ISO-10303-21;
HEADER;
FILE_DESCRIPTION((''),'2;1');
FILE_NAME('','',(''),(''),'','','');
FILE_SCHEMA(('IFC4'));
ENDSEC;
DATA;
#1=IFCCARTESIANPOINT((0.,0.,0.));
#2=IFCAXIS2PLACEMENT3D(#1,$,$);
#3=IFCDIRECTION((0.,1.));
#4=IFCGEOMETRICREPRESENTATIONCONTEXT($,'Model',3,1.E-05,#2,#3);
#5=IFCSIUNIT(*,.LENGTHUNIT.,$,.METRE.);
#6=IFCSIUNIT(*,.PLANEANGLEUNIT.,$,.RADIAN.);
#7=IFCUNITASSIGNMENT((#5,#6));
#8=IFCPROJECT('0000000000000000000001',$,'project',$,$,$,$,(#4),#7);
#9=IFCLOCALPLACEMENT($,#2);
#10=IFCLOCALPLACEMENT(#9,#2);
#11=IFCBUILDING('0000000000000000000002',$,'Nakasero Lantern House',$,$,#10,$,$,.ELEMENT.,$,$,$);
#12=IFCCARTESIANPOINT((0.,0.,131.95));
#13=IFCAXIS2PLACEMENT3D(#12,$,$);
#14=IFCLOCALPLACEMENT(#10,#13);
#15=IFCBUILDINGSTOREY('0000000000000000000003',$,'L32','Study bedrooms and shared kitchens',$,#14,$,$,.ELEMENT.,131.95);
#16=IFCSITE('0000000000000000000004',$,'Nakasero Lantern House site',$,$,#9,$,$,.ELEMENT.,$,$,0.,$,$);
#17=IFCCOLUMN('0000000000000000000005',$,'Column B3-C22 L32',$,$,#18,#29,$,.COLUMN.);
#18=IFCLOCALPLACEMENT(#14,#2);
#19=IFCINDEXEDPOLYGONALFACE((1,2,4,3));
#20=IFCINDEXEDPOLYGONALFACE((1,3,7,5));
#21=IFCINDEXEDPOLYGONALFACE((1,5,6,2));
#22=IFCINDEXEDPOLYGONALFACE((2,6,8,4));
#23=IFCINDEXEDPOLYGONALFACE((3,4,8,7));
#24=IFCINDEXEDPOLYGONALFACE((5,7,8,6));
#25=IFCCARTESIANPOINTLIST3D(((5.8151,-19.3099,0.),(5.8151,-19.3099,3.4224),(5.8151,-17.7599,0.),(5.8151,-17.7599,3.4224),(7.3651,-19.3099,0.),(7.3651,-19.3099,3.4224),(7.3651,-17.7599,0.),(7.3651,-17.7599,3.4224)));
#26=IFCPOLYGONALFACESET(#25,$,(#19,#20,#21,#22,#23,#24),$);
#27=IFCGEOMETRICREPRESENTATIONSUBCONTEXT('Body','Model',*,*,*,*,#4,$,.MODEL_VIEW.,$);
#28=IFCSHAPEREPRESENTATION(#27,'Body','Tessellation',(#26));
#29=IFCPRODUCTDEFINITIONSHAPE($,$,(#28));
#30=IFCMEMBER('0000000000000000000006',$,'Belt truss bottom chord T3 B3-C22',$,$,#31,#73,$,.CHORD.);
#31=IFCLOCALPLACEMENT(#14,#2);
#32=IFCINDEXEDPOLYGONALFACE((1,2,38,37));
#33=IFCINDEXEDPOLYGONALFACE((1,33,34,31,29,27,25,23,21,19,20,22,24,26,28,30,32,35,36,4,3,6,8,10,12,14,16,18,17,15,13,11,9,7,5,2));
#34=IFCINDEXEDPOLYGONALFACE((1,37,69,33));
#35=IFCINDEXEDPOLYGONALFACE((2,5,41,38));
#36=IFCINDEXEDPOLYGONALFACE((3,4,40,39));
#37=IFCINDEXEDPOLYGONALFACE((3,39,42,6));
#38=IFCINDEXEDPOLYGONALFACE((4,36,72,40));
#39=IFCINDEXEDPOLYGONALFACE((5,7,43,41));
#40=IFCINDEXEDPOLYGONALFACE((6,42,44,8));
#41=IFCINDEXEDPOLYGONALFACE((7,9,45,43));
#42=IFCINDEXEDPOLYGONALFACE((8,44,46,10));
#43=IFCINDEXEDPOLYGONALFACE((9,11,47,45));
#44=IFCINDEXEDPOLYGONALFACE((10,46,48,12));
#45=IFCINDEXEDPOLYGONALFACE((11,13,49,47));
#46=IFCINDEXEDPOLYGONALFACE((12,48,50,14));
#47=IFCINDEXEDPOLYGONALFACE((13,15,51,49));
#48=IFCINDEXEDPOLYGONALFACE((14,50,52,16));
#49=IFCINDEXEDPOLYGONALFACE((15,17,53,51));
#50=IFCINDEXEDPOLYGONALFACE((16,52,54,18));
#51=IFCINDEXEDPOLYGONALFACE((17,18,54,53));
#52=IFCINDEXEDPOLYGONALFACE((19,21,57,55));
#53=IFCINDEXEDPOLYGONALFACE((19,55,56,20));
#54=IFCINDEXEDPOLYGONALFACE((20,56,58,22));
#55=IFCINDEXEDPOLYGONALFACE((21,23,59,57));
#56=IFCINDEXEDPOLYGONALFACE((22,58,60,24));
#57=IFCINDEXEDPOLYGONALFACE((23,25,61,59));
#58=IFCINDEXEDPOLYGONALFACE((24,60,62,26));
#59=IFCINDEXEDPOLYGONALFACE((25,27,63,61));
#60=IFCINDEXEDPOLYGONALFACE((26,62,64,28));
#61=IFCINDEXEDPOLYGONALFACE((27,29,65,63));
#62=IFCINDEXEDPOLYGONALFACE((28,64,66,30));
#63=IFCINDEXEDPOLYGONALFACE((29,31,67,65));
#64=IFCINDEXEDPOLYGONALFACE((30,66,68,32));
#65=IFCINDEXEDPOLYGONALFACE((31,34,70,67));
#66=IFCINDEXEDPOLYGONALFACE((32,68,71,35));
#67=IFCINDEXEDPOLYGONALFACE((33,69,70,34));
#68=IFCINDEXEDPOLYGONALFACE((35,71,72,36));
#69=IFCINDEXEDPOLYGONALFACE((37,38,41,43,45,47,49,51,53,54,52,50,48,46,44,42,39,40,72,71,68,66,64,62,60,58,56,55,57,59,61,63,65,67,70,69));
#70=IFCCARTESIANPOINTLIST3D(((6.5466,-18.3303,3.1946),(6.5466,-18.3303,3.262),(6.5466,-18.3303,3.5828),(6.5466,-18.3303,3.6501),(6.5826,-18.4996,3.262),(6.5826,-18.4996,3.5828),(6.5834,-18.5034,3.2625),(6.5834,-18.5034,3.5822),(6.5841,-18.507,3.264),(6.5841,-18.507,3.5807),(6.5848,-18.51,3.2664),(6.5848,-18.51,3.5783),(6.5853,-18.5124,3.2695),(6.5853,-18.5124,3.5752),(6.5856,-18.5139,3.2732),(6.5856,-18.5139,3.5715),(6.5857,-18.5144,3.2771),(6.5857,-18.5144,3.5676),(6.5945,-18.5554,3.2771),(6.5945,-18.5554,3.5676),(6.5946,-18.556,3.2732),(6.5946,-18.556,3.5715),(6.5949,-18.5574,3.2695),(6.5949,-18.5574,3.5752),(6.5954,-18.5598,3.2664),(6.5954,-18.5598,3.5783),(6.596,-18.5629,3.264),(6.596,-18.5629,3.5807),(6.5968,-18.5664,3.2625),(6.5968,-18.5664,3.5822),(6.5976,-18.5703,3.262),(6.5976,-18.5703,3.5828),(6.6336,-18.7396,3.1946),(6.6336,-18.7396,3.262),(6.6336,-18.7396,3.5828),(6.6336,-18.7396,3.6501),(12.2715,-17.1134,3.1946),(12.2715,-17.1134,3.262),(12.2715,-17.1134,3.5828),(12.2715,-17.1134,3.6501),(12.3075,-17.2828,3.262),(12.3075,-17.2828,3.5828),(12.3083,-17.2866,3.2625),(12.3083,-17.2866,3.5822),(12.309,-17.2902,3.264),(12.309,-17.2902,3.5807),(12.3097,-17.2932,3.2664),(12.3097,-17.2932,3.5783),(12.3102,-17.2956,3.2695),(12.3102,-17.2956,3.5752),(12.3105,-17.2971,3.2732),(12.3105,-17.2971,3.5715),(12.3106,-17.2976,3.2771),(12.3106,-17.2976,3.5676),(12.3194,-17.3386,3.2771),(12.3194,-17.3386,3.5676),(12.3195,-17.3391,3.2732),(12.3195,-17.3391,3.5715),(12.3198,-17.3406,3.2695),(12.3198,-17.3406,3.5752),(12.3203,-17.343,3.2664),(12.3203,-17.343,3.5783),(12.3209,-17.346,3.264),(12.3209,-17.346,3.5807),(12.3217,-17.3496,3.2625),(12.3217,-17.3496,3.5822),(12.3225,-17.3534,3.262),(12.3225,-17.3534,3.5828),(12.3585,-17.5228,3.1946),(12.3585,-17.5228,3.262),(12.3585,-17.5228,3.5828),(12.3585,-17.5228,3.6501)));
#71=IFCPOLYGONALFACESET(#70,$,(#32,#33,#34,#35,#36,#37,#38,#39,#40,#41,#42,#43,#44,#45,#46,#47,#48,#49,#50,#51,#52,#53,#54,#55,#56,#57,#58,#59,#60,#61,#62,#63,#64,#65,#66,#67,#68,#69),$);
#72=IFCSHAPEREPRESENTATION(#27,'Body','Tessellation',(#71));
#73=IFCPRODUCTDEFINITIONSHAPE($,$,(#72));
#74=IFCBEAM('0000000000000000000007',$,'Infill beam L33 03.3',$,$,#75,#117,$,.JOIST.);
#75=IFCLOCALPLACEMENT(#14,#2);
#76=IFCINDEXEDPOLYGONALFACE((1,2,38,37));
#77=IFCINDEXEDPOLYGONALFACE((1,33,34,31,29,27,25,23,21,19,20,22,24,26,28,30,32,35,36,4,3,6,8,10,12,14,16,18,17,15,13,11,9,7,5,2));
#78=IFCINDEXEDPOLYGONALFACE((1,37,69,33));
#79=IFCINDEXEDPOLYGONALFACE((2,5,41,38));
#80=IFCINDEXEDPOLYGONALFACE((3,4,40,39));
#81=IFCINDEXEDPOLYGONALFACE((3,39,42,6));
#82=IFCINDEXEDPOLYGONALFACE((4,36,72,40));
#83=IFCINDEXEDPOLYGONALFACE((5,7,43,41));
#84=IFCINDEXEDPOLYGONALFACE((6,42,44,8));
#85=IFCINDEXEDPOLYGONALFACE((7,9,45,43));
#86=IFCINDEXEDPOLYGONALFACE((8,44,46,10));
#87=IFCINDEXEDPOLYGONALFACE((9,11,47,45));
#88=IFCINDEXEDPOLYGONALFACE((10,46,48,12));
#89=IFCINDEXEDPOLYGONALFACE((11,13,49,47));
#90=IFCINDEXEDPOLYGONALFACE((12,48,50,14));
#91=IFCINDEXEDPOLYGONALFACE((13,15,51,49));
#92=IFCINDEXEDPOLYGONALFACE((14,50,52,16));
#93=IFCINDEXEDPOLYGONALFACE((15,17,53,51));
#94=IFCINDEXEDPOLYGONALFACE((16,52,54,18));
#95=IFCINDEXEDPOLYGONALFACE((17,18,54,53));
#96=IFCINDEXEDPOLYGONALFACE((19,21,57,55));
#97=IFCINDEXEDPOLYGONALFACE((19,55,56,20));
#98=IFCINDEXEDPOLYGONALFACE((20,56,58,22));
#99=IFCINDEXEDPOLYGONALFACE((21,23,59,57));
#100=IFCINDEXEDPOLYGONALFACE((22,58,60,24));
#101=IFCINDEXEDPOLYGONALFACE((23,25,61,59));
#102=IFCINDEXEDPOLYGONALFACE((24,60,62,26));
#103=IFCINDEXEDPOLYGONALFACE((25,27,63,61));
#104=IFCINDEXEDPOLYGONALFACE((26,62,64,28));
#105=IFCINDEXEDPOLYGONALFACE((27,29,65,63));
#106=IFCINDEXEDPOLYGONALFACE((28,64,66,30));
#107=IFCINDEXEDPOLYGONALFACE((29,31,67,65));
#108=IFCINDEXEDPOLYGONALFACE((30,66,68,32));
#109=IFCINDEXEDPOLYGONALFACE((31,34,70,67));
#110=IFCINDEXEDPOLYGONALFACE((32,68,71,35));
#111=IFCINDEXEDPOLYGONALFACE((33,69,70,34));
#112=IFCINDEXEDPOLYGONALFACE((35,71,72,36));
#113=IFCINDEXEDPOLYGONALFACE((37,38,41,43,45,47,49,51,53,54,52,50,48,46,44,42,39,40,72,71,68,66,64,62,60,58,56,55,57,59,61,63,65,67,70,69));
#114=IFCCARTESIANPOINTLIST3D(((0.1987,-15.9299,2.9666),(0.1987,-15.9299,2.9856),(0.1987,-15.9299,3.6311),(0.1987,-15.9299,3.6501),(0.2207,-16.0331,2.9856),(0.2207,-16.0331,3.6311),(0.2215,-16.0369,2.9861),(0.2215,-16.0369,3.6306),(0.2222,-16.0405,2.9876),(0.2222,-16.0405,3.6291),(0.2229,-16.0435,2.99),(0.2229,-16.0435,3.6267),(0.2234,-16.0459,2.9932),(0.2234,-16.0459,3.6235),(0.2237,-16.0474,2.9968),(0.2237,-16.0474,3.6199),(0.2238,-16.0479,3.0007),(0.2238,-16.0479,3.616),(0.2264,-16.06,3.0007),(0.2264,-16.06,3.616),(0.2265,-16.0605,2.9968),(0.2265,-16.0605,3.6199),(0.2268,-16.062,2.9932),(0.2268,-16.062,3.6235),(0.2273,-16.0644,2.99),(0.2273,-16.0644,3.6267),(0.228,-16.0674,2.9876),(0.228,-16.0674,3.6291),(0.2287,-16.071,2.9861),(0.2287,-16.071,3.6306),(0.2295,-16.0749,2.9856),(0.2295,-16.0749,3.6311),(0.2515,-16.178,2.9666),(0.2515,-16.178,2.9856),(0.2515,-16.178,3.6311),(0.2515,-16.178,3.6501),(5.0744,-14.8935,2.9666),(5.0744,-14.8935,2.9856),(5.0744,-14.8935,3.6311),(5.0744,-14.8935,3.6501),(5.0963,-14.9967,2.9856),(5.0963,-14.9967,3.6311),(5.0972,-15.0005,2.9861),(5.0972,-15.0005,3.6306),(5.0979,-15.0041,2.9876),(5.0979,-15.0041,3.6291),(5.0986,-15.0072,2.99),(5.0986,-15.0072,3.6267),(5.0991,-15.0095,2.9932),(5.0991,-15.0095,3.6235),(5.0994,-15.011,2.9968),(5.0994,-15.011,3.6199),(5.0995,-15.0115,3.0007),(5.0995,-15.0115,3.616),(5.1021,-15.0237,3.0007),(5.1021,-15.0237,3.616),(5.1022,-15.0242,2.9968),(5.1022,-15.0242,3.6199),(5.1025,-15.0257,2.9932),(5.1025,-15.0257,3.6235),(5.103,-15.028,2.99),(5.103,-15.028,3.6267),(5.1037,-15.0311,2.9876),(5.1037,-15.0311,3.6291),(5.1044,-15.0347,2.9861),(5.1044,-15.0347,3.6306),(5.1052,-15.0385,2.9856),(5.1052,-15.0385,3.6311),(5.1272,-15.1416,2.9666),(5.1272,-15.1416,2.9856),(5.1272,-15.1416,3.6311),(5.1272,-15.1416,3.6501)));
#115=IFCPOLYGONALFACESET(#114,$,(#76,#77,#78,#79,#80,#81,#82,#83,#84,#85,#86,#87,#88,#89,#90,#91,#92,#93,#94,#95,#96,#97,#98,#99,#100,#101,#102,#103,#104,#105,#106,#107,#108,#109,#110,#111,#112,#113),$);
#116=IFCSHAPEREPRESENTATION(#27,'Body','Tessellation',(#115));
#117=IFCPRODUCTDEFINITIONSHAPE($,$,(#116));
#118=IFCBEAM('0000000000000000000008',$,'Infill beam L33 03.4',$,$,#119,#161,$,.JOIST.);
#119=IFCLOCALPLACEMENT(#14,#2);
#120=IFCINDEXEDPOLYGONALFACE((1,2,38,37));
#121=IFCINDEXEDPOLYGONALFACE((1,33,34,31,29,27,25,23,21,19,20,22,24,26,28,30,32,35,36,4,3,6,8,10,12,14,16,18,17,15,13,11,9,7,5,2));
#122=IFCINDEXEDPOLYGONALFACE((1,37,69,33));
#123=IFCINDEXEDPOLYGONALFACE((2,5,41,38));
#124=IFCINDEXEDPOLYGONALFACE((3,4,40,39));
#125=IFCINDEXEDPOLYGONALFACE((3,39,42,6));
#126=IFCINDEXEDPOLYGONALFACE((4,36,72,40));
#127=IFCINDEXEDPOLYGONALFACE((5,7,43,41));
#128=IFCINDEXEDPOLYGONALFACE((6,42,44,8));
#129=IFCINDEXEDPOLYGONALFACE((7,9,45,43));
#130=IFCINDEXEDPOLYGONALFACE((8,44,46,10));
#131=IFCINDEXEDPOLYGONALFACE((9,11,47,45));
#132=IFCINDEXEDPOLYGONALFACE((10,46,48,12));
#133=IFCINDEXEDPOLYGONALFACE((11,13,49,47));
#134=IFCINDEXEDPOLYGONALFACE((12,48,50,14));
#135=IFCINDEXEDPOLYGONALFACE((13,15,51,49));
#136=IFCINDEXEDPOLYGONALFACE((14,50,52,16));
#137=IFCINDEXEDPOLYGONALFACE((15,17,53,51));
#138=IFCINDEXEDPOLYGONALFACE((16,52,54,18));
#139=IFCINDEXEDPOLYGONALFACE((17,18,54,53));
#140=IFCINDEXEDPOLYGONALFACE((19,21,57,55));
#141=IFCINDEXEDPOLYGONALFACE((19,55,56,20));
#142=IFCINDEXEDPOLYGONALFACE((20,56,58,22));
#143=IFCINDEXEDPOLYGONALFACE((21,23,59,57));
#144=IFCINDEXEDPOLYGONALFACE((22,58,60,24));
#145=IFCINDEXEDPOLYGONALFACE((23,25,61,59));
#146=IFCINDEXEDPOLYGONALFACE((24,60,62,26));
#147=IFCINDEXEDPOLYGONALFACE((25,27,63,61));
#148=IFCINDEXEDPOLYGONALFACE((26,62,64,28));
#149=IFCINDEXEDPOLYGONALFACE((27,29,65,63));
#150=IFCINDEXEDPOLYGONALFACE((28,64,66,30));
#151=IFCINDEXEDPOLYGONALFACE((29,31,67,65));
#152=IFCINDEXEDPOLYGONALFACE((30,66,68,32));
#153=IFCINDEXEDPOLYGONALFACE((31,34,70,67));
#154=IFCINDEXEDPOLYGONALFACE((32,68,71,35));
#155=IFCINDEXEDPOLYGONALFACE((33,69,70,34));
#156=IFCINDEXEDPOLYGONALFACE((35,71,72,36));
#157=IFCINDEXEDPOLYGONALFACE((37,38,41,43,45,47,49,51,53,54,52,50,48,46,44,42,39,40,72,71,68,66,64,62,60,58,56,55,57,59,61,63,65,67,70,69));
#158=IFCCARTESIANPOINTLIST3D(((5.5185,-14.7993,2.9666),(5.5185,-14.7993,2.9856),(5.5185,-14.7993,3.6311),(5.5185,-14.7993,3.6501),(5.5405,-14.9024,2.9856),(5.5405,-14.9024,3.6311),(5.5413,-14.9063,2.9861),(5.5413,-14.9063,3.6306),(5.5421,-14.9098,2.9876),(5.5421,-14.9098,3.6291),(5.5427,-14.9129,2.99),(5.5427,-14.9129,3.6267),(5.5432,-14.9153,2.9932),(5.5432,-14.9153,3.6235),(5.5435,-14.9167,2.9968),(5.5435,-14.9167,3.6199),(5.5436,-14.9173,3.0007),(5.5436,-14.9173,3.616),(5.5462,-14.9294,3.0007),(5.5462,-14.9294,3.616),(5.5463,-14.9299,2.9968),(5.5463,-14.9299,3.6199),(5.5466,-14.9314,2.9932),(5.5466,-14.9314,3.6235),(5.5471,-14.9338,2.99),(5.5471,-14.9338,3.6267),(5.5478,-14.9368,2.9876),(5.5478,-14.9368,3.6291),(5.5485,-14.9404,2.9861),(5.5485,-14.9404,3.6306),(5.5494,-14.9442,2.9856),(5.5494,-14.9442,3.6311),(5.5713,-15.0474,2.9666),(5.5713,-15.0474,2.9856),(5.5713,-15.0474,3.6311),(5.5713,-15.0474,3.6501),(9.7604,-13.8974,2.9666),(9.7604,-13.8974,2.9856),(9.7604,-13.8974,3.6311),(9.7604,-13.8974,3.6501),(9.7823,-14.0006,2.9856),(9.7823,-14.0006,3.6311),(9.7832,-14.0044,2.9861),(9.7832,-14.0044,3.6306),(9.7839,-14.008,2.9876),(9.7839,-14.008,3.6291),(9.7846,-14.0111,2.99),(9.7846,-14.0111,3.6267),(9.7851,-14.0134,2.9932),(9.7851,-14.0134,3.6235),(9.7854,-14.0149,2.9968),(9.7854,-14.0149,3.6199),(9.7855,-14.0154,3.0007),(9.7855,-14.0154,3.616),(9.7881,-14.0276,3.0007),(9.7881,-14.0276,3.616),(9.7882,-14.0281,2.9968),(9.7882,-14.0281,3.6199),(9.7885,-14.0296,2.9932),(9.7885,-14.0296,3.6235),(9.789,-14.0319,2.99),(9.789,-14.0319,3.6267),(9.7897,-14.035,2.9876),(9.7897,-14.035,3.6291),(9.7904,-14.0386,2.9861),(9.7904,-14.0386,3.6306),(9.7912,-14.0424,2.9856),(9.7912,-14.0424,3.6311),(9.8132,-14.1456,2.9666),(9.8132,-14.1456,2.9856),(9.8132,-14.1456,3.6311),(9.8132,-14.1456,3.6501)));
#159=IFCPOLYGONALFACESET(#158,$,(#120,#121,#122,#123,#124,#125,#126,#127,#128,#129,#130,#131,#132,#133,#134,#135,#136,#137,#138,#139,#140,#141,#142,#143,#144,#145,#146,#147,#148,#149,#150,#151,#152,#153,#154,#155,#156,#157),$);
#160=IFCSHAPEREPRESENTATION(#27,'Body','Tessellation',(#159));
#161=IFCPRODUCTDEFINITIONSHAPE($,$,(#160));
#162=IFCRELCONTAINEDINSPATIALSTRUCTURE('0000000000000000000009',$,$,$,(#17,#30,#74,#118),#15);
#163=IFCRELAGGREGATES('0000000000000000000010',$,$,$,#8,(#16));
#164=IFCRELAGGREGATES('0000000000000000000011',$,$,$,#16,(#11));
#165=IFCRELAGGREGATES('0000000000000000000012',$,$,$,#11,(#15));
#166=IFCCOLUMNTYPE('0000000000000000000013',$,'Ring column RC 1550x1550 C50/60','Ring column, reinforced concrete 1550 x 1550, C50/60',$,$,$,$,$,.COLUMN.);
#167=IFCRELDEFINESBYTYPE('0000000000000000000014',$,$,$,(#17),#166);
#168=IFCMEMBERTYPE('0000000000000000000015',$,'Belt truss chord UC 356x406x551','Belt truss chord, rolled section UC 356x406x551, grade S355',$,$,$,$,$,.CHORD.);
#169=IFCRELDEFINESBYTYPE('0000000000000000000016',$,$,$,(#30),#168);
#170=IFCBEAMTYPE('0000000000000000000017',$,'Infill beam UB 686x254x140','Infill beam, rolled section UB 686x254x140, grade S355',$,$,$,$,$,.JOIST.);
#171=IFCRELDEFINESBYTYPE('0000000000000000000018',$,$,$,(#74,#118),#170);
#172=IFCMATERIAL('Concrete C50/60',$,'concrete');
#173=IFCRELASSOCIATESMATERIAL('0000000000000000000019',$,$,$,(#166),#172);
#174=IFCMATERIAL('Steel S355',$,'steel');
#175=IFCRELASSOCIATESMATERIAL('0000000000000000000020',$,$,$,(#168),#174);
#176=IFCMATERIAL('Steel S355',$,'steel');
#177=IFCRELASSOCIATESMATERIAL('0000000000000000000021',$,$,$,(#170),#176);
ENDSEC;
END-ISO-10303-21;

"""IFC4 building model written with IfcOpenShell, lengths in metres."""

from ifc_helpers import new_model, si_unit, direction, frame, origin, origin_2d, place, context, subcontext, project, spatial, rectangle, i_section, extrude, material, material_profile, profile_set, type_object, element, save


model = new_model("IFC4")

# Units and contexts
model_context = context("Model", 3, precision=1e-05, world=origin(), true_north=direction((0.0, 1.0)))
body_context = subcontext(model_context, "Body", "Model", "MODEL_VIEW")
ifc_project = project(units=[si_unit("LENGTHUNIT", "METRE"), si_unit("PLANEANGLEUNIT", "RADIAN")], contexts=[model_context])

# Site, building, storey
site_placement = place(None, origin())
site = spatial("IfcSite", under=ifc_project, at=site_placement, Name="Nakasero Lantern House site", CompositionType="ELEMENT", RefElevation=0.0)
building_placement = place(site_placement, origin())
building = spatial("IfcBuilding", under=site, at=building_placement, Name="Nakasero Lantern House", CompositionType="ELEMENT")
storey_placement = place(building_placement, frame((0.0, 0.0, 131.95)))
storey = spatial("IfcBuildingStorey", under=building, at=storey_placement, Name="L32", Description="Study bedrooms and shared kitchens", CompositionType="ELEMENT", Elevation=131.95)

# Column
ifc_material_1 = material(Name="Concrete C50/60", Category="concrete")
ifc_material_profile_1 = material_profile(ifc_material_1, rectangle(XDim=1.55, YDim=1.55, at=origin_2d()), Name="RC 1550x1550")
ifc_profile_set_1 = profile_set([ifc_material_profile_1], Name="Concrete C50/60")
column_type = type_object("IfcColumnType", Name="Ring column RC 1550x1550 C50/60", Description="Ring column, reinforced concrete 1550 x 1550, C50/60", PredefinedType="COLUMN", material=ifc_profile_set_1)
column_placement = place(storey_placement, frame((6.5901, -18.5349, 0.0), z_axis=(0.0, 0.0, 1.0), x_axis=(1.0, 0.0, 0.0)))
element("IfcColumn", 1, at=column_placement, inside=storey, type_object=column_type, Name="Column B3-C22 L32", PredefinedType="COLUMN", context=body_context, shape_type="SweptSolid", body=[
    extrude(rectangle(XDim=1.55, YDim=1.55, at=origin_2d()), origin(), (0.0, 0.0, 1.0), 3.4224),
])

# Member
ifc_material_2 = material(Name="Steel S355", Category="steel")
ifc_material_profile_2 = material_profile(ifc_material_2, i_section(OverallWidth=0.4185, OverallDepth=0.4556, WebThickness=0.042, FlangeThickness=0.0674, FilletRadius=0.0151, at=origin_2d()), Name="UC 356x406x551")
ifc_profile_set_2 = profile_set([ifc_material_profile_2], Name="Steel S355")
member_type = type_object("IfcMemberType", Name="Belt truss chord UC 356x406x551", Description="Belt truss chord, rolled section UC 356x406x551, grade S355", PredefinedType="CHORD", material=ifc_profile_set_2)
member_placement = place(storey_placement, frame((6.5901, -18.5349, 3.4224), z_axis=(0.97815, 0.207902, 0.0), x_axis=(-0.207902, 0.97815, 0.0)))
element("IfcMember", 2, at=member_placement, inside=storey, type_object=member_type, Name="Belt truss bottom chord T3 B3-C22", PredefinedType="CHORD", context=body_context, shape_type="SweptSolid", body=[
    extrude(i_section(OverallWidth=0.4185, OverallDepth=0.4556, WebThickness=0.042, FlangeThickness=0.0674, FilletRadius=0.0151, at=origin_2d()), origin(), (0.0, 0.0, 1.0), 5.8528),
])

# Beams
ifc_material_3 = material(Name="Steel S355", Category="steel")
ifc_material_profile_3 = material_profile(ifc_material_3, i_section(OverallWidth=0.2537, OverallDepth=0.6836, WebThickness=0.0125, FlangeThickness=0.019, FilletRadius=0.0151, at=origin_2d()), Name="UB 686x254x140")
ifc_profile_set_3 = profile_set([ifc_material_profile_3], Name="Steel S355")
beam_type_1 = type_object("IfcBeamType", Name="Infill beam UB 686x254x140", Description="Infill beam, rolled section UB 686x254x140, grade S355", PredefinedType="JOIST", material=ifc_profile_set_3)
beam_1_placement = place(storey_placement, frame((0.2251, -16.054, 3.3083), z_axis=(0.978147, 0.207913, 0.0), x_axis=(-0.207913, 0.978147, 0.0)))
element("IfcBeam", 3, at=beam_1_placement, inside=storey, type_object=beam_type_1, Name="Infill beam L33 03.3", PredefinedType="JOIST", context=body_context, shape_type="SweptSolid", body=[
    extrude(i_section(OverallWidth=0.2537, OverallDepth=0.6836, WebThickness=0.0125, FlangeThickness=0.019, FilletRadius=0.0151, at=origin_2d()), origin(), (0.0, 0.0, 1.0), 4.9846),
])
beam_2_placement = place(storey_placement, frame((5.5449, -14.9233, 3.3083), z_axis=(0.978138, 0.207956, 0.0), x_axis=(-0.207956, 0.978138, 0.0)))
element("IfcBeam", 4, at=beam_2_placement, inside=storey, type_object=beam_type_1, Name="Infill beam L33 03.4", PredefinedType="JOIST", context=body_context, shape_type="SweptSolid", body=[
    extrude(i_section(OverallWidth=0.2537, OverallDepth=0.6836, WebThickness=0.0125, FlangeThickness=0.019, FilletRadius=0.0151, at=origin_2d()), origin(), (0.0, 0.0, 1.0), 4.3367),
])

save(model, "model.ifc")
